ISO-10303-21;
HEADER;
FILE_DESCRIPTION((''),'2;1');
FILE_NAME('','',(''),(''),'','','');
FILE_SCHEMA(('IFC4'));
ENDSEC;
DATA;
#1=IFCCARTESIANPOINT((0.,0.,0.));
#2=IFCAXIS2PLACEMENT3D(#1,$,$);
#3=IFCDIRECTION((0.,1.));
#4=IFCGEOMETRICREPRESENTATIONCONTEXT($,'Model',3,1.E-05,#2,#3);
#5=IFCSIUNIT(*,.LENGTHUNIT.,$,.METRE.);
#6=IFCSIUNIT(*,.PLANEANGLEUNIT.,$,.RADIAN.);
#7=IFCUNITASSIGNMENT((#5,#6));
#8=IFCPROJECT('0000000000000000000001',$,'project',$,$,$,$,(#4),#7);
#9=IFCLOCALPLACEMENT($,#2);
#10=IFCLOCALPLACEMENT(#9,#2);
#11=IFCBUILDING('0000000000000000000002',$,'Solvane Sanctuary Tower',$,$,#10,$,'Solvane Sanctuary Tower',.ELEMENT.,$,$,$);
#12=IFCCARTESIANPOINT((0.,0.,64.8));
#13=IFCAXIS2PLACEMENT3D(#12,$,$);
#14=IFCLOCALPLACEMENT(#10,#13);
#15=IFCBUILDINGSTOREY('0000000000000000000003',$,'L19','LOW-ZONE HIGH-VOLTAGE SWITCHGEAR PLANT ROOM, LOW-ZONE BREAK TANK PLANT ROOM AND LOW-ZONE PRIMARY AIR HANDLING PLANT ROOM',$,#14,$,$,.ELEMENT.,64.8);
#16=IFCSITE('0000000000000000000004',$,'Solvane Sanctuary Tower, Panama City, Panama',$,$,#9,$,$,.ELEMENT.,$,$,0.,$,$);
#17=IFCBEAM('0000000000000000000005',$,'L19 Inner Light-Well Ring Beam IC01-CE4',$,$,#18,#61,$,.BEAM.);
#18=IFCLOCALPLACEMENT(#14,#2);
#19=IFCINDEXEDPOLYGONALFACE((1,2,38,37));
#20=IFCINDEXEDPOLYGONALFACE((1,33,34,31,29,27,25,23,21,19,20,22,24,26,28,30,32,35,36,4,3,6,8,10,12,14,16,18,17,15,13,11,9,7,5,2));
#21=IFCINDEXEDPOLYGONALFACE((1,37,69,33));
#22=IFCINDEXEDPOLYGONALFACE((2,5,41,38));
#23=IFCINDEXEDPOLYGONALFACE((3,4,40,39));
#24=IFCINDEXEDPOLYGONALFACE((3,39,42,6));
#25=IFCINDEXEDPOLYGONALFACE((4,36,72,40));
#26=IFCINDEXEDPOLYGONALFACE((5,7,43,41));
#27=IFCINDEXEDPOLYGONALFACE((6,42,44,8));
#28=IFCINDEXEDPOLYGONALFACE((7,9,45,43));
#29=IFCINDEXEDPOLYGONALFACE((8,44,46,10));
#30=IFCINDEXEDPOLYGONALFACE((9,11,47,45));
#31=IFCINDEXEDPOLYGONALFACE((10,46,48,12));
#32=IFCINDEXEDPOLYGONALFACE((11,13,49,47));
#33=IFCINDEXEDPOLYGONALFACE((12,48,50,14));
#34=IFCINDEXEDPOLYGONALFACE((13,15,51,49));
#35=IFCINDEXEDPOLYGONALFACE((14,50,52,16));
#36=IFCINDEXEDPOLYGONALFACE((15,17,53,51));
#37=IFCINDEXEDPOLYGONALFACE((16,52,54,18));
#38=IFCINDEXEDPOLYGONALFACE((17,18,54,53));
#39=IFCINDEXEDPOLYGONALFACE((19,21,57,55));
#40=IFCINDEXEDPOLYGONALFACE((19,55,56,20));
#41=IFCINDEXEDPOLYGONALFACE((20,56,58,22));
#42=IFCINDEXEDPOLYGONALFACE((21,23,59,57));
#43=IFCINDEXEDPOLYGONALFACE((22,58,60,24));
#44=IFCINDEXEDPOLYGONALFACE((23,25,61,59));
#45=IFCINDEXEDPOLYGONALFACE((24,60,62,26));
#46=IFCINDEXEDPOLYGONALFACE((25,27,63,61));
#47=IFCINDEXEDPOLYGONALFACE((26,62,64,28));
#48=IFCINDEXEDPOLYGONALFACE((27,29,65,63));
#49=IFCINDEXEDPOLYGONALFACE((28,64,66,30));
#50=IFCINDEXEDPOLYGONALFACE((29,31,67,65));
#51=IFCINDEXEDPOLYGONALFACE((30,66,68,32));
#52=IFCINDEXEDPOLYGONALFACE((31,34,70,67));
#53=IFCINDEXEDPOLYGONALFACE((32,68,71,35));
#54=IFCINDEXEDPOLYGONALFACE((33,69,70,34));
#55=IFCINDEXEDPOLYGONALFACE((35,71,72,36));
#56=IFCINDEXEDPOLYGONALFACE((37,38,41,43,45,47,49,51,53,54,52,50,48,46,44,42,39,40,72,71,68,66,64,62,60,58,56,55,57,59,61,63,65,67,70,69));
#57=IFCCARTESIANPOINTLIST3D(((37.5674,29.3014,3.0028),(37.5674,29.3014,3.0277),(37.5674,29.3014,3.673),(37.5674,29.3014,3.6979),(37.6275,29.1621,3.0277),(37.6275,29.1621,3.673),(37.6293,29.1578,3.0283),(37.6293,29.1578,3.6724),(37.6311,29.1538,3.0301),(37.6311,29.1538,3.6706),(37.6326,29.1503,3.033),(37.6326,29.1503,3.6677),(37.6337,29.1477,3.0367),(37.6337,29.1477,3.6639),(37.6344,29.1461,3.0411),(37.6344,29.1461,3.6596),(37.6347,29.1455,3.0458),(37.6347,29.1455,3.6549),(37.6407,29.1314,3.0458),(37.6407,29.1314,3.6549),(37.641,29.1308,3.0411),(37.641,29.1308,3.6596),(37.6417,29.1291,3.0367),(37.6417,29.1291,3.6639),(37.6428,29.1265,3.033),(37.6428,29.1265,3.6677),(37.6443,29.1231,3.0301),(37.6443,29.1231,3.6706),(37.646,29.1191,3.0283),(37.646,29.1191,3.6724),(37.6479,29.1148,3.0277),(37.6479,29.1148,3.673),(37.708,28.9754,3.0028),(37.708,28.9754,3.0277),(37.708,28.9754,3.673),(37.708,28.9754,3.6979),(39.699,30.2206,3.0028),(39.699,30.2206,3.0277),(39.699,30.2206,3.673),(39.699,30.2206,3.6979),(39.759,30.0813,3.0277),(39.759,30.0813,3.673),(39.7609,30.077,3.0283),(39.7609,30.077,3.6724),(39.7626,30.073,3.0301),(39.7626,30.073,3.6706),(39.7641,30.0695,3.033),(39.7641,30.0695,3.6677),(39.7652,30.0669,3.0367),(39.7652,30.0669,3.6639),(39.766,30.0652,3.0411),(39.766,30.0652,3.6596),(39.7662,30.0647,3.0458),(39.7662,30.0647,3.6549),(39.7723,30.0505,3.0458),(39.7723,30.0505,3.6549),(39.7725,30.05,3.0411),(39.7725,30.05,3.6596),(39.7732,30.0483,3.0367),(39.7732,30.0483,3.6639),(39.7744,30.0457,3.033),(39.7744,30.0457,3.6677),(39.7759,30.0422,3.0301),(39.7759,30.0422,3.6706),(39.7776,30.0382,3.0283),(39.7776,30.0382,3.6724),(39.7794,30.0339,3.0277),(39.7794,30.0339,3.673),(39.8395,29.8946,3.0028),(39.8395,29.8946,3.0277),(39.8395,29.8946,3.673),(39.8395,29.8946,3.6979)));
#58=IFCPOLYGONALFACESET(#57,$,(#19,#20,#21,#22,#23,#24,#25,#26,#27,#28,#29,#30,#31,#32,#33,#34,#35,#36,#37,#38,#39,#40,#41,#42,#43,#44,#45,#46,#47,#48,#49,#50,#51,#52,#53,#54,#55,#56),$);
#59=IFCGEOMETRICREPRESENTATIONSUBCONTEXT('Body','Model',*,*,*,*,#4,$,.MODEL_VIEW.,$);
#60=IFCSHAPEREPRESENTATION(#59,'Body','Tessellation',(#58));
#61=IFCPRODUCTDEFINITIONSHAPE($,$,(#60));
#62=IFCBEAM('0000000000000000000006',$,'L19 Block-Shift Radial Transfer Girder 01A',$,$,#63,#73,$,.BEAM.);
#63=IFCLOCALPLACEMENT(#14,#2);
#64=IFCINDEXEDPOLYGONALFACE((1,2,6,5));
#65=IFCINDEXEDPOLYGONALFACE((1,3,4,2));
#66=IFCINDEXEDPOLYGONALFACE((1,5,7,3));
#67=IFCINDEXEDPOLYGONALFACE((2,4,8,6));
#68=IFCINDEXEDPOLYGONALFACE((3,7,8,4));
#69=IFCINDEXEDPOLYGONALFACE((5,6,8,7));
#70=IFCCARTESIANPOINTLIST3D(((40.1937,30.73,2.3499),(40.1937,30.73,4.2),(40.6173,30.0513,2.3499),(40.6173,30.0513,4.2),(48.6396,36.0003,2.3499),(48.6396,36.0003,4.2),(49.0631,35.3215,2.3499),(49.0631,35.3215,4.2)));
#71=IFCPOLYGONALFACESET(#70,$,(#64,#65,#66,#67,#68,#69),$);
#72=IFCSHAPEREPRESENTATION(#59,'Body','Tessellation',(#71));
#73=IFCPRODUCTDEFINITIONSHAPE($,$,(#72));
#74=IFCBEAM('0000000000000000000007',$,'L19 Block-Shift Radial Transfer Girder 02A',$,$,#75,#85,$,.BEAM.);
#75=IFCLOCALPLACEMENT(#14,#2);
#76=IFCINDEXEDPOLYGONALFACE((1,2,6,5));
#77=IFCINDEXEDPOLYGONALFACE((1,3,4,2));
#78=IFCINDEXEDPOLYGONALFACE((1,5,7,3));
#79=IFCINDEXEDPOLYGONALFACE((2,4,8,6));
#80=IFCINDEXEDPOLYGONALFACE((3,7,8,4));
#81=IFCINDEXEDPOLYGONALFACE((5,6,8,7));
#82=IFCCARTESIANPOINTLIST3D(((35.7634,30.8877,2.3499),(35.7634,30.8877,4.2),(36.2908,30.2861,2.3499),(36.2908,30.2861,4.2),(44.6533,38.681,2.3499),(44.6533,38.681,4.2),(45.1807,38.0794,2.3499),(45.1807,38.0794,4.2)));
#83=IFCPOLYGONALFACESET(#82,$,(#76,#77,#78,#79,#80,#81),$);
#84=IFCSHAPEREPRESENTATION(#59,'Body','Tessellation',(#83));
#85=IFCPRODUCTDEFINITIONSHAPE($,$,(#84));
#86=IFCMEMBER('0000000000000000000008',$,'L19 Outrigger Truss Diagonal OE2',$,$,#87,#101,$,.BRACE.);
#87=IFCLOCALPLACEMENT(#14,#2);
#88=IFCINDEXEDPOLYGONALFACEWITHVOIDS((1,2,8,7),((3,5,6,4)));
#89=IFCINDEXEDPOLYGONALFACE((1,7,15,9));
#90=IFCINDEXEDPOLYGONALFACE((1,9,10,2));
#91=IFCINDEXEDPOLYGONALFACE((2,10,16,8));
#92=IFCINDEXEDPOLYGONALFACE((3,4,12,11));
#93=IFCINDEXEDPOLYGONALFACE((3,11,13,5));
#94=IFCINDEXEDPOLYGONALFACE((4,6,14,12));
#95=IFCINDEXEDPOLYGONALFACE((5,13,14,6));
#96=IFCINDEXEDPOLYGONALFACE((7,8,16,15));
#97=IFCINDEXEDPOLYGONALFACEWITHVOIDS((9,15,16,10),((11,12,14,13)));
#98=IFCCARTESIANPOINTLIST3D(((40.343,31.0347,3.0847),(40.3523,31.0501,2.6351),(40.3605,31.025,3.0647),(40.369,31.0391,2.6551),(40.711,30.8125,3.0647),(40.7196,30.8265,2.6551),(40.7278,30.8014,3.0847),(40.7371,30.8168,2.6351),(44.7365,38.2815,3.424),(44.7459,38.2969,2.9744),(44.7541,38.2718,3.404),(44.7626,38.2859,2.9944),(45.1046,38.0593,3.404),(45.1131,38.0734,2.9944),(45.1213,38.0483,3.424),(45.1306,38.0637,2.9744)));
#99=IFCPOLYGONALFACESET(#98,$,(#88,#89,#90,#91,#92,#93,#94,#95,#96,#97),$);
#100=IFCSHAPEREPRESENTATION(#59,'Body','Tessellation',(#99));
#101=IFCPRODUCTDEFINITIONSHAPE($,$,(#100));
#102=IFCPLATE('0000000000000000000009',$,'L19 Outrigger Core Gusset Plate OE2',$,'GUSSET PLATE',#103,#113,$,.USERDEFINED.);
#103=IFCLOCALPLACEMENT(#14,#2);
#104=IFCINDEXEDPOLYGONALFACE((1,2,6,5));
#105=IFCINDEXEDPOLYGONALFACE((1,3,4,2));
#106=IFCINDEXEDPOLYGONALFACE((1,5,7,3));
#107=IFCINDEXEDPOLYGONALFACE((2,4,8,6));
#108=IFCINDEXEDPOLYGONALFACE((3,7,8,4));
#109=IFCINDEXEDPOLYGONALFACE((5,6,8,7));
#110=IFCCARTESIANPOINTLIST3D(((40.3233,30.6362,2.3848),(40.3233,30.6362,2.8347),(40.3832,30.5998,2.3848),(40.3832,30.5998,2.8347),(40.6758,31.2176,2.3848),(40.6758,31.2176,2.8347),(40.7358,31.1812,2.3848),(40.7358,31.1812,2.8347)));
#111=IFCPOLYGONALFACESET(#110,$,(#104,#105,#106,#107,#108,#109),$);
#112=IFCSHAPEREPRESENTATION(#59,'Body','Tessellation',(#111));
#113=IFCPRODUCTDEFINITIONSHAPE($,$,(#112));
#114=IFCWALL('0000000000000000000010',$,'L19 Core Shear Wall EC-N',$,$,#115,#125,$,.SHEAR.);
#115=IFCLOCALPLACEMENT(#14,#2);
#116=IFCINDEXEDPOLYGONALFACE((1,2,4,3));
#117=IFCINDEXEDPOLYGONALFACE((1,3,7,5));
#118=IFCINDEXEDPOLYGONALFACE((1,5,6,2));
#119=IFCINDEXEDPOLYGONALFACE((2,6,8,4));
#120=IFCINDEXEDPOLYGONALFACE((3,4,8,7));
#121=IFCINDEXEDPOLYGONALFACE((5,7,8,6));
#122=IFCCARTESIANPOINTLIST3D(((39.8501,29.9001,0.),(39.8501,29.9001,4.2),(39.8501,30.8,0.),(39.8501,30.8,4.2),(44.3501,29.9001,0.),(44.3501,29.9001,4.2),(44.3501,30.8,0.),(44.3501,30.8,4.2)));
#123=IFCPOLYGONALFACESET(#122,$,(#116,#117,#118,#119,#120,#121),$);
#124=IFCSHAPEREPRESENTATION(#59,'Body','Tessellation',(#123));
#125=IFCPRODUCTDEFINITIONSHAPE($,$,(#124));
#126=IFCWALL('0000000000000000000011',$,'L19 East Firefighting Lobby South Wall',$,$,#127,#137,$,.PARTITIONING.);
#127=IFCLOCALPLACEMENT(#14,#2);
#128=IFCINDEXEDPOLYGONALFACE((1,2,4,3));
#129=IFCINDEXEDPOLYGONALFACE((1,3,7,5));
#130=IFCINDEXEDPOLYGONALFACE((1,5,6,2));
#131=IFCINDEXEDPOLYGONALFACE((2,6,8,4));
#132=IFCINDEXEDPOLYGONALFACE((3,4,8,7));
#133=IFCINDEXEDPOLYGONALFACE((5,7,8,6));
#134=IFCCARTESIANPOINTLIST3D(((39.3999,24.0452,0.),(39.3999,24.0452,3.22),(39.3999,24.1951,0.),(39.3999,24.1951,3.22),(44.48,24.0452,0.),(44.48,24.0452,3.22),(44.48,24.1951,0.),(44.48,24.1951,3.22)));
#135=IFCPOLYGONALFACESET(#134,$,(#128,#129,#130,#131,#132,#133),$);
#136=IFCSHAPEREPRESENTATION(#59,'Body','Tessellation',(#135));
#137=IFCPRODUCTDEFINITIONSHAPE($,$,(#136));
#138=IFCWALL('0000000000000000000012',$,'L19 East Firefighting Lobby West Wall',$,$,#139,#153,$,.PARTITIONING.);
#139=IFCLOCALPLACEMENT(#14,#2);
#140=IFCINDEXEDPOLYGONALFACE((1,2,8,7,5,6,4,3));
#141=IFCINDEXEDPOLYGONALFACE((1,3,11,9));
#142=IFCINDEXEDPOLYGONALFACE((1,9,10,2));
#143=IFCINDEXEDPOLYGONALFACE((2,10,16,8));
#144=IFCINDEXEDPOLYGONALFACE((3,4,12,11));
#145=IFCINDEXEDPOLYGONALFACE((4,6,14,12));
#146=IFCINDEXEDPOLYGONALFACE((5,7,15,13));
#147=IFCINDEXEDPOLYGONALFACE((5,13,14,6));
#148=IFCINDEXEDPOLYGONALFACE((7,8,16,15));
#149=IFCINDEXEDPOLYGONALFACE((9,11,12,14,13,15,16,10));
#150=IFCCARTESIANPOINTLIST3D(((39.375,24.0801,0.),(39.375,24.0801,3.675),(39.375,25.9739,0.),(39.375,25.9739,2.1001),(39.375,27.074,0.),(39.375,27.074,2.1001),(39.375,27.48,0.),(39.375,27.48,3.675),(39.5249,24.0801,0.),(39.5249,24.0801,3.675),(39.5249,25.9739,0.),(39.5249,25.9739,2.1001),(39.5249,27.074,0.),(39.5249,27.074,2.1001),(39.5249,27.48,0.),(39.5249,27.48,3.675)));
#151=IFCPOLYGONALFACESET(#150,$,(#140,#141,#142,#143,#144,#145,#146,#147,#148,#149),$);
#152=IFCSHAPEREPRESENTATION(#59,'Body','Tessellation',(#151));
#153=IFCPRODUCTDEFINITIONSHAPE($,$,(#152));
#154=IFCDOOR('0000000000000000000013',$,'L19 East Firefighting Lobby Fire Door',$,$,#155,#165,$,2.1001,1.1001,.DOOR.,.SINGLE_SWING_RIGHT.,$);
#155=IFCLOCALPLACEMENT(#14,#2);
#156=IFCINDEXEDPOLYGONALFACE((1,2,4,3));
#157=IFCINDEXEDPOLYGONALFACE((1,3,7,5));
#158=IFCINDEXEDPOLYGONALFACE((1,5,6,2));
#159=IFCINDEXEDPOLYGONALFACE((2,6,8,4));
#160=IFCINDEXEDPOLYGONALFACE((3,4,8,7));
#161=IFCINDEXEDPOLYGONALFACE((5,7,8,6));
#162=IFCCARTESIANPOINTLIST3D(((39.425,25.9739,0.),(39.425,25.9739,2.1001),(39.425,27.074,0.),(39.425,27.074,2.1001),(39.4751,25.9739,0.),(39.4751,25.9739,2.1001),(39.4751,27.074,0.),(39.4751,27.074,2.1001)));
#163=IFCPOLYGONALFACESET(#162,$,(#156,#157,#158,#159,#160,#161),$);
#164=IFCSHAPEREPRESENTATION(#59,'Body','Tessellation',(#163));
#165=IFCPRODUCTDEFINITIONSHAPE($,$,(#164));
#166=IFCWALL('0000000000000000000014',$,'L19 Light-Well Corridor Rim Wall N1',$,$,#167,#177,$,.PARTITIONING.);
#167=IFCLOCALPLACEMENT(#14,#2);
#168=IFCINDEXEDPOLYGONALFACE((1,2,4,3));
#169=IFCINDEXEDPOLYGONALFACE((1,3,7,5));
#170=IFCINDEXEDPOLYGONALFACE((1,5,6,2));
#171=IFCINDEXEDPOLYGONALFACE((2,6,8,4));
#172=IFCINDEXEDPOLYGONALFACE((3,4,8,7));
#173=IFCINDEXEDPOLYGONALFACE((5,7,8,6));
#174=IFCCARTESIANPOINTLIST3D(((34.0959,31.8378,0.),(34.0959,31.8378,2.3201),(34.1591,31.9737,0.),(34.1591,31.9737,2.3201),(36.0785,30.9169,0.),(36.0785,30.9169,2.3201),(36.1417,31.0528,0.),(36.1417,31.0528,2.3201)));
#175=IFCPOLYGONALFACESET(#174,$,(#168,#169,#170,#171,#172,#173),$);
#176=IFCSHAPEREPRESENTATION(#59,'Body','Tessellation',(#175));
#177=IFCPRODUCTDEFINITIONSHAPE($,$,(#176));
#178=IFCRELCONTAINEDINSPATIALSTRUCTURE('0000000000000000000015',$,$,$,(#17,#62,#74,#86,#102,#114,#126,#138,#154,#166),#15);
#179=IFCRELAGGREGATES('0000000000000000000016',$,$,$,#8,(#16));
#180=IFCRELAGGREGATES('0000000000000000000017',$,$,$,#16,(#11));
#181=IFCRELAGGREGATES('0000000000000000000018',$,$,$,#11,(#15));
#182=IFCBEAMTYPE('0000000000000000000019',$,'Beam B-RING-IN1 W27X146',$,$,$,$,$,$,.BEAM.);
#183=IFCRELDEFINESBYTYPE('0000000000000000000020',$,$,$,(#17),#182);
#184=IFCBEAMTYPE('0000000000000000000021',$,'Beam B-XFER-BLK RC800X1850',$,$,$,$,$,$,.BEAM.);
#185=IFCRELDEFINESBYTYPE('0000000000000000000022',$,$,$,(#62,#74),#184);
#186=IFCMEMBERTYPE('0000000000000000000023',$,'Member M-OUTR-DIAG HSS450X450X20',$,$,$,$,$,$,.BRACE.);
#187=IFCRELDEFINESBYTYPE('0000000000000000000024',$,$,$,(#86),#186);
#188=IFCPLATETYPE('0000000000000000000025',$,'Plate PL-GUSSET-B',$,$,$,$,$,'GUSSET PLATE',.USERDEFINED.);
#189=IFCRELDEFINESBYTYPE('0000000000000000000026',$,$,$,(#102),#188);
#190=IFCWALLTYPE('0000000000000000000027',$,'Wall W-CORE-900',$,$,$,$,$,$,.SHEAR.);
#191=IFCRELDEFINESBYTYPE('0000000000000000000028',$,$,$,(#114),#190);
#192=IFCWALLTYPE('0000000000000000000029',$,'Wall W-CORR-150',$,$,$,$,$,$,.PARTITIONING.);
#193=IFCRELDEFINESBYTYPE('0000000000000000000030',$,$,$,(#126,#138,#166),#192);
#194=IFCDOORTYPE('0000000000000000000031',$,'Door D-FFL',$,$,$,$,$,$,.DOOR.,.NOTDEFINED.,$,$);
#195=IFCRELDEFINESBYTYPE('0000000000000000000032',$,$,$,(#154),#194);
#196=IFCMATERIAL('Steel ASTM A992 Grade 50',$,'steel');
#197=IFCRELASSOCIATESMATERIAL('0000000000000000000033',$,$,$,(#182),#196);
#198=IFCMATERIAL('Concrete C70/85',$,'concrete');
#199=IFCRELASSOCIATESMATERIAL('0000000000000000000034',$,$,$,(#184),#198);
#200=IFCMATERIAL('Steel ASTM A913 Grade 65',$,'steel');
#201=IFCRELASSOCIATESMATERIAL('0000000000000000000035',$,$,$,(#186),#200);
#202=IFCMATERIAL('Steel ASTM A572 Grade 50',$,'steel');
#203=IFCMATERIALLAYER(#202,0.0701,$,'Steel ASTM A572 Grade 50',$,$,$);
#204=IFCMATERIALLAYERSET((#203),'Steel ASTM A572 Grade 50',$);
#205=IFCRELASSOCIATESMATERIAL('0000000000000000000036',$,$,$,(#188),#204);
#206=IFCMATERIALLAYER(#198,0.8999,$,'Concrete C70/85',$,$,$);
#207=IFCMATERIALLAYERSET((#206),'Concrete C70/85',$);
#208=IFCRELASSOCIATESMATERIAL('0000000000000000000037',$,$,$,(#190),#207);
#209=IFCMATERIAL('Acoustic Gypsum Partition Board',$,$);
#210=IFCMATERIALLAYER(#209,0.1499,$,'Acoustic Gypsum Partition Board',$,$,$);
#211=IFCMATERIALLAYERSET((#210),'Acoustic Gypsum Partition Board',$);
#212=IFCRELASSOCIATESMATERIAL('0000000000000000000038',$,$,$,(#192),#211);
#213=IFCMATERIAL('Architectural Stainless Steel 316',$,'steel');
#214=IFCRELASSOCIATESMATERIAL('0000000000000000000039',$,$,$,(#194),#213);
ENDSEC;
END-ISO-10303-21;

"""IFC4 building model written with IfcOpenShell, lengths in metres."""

from ifc_helpers import new_model, si_unit, direction, frame, frame_2d, origin, origin_2d, place, context, subcontext, project, spatial, rectangle, hollow_rectangle, i_section, extrude, material, layer, layer_set, material_profile, profile_set, type_object, element, fill, save


model = new_model("IFC4")

# Units and contexts
model_context = context("Model", 3, precision=1e-05, world=origin(), true_north=direction((0.0, 1.0)))
body_context = subcontext(model_context, "Body", "Model", "MODEL_VIEW")
ifc_project = project(units=[si_unit("LENGTHUNIT", "METRE"), si_unit("PLANEANGLEUNIT", "RADIAN")], contexts=[model_context])

# Site, building, storey
site_placement = place(None, origin())
site = spatial("IfcSite", under=ifc_project, at=site_placement, Name="Solvane Sanctuary Tower, Panama City, Panama", CompositionType="ELEMENT", RefElevation=0.0)
building_placement = place(site_placement, origin())
building = spatial("IfcBuilding", under=site, at=building_placement, Name="Solvane Sanctuary Tower", LongName="Solvane Sanctuary Tower", CompositionType="ELEMENT")
storey_placement = place(building_placement, frame((0.0, 0.0, 64.8)))
storey = spatial("IfcBuildingStorey", under=building, at=storey_placement, Name="L19", Description="LOW-ZONE HIGH-VOLTAGE SWITCHGEAR PLANT ROOM, LOW-ZONE BREAK TANK PLANT ROOM AND LOW-ZONE PRIMARY AIR HANDLING PLANT ROOM", CompositionType="ELEMENT", Elevation=64.8)

# Shared definitions
ifc_material_1 = material(Name="Concrete C70/85", Category="concrete")

# Beams
ifc_material_2 = material(Name="Steel ASTM A913 Grade 65", Category="steel")
ifc_material_3 = material(Name="Steel ASTM A992 Grade 50", Category="steel")
ifc_material_profile_1 = material_profile(ifc_material_3, i_section(OverallWidth=0.355, OverallDepth=0.6951, WebThickness=0.0154, FlangeThickness=0.0249, FilletRadius=0.0181, at=origin_2d()), Name="W27X146")
ifc_profile_set_1 = profile_set([ifc_material_profile_1], Name="Steel ASTM A992 Grade 50")
beam_type_1 = type_object("IfcBeamType", Name="Beam B-RING-IN1 W27X146", PredefinedType="BEAM", material=ifc_profile_set_1)
beam_1_placement = place(storey_placement, frame((37.6377, 29.1384, 3.3503), z_axis=(0.918261, 0.395975, 0.0), x_axis=(-0.395975, 0.918261, 0.0)))
element("IfcBeam", 1, at=beam_1_placement, inside=storey, type_object=beam_type_1, Name="L19 Inner Light-Well Ring Beam IC01-CE4", PredefinedType="BEAM", context=body_context, shape_type="SweptSolid", body=[
    extrude(i_section(OverallWidth=0.355, OverallDepth=0.6951, WebThickness=0.0154, FlangeThickness=0.0249, FilletRadius=0.0181, at=origin_2d()), origin(), (0.0, 0.0, 1.0), 2.3213),
])
ifc_material_profile_2 = material_profile(ifc_material_1, rectangle(XDim=0.8, YDim=1.8501, at=origin_2d()), Name="RC800X1850")
ifc_profile_set_2 = profile_set([ifc_material_profile_2], Name="Concrete C70/85")
beam_type_2 = type_object("IfcBeamType", Name="Beam B-XFER-BLK RC800X1850", PredefinedType="BEAM", material=ifc_profile_set_2)
beam_2_placement = place(storey_placement, frame((40.4055, 30.3906, 3.2749), z_axis=(0.848376, 0.529395, 0.0), x_axis=(-0.529395, 0.848376, 0.0)))
element("IfcBeam", 2, at=beam_2_placement, inside=storey, type_object=beam_type_2, Name="L19 Block-Shift Radial Transfer Girder 01A", PredefinedType="BEAM", context=body_context, shape_type="SweptSolid", body=[
    extrude(rectangle(XDim=0.8, YDim=1.8501, at=origin_2d()), origin(), (0.0, 0.0, 1.0), 9.9553),
])
beam_3_placement = place(storey_placement, frame((36.0271, 30.5869, 3.2749), z_axis=(0.751966, 0.659202, 0.0), x_axis=(-0.659202, 0.751966, 0.0)))
element("IfcBeam", 3, at=beam_3_placement, inside=storey, type_object=beam_type_2, Name="L19 Block-Shift Radial Transfer Girder 02A", PredefinedType="BEAM", context=body_context, shape_type="SweptSolid", body=[
    extrude(rectangle(XDim=0.8, YDim=1.8501, at=origin_2d()), origin(), (0.0, 0.0, 1.0), 11.8223),
])

# Member
ifc_material_profile_3 = material_profile(ifc_material_2, hollow_rectangle(XDim=0.45, YDim=0.45, WallThickness=0.02, at=origin_2d()), Name="HSS450X450X20")
ifc_profile_set_3 = profile_set([ifc_material_profile_3], Name="Steel ASTM A913 Grade 65")
member_type = type_object("IfcMemberType", Name="Member M-OUTR-DIAG HSS450X450X20", PredefinedType="BRACE", material=ifc_profile_set_3)
member_placement = place(storey_placement, frame((40.54, 30.9258, 2.8599), z_axis=(0.518019, 0.854433, 0.040011), x_axis=(-0.855117, 0.518435, 0.0)))
element("IfcMember", 4, at=member_placement, inside=storey, type_object=member_type, Name="L19 Outrigger Truss Diagonal OE2", PredefinedType="BRACE", context=body_context, shape_type="SweptSolid", body=[
    extrude(hollow_rectangle(XDim=0.45, YDim=0.45, WallThickness=0.02, at=origin_2d()), origin(), (0.0, 0.0, 1.0), 8.4814),
])

# Plate
ifc_material_4 = material(Name="Steel ASTM A572 Grade 50", Category="steel")
ifc_layer_1 = layer(ifc_material_4, 0.0701, Name="Steel ASTM A572 Grade 50")
ifc_layer_set_1 = layer_set([ifc_layer_1], Name="Steel ASTM A572 Grade 50")
plate_type = type_object("IfcPlateType", Name="Plate PL-GUSSET-B", ElementType="GUSSET PLATE", PredefinedType="USERDEFINED", material=ifc_layer_set_1)
plate_placement = place(storey_placement, frame((40.5295, 30.9087, 2.3848), z_axis=(0.0, 0.0, 1.0), x_axis=(0.518475, 0.855093, 0.0)))
element("IfcPlate", 5, at=plate_placement, inside=storey, type_object=plate_type, Name="L19 Outrigger Core Gusset Plate OE2", ObjectType="GUSSET PLATE", PredefinedType="USERDEFINED", context=body_context, shape_type="SweptSolid", body=[
    extrude(rectangle(XDim=0.6799, YDim=0.0701, at=origin_2d()), origin(), (0.0, 0.0, 1.0), 0.45),
])

# Walls
ifc_layer_2 = layer(ifc_material_1, 0.8999, Name="Concrete C70/85")
ifc_layer_set_2 = layer_set([ifc_layer_2], Name="Concrete C70/85")
wall_type_1 = type_object("IfcWallType", Name="Wall W-CORE-900", PredefinedType="SHEAR", material=ifc_layer_set_2)
wall_1_placement = place(storey_placement, frame((39.8501, 30.3501, 0.0), z_axis=(0.0, 0.0, 1.0), x_axis=(1.0, 0.0, 0.0)))
element("IfcWall", 6, at=wall_1_placement, inside=storey, type_object=wall_type_1, Name="L19 Core Shear Wall EC-N", PredefinedType="SHEAR", context=body_context, shape_type="SweptSolid", body=[
    extrude(rectangle(XDim=4.5, YDim=0.8999, at=frame_2d((2.25, 0.0))), origin(), (0.0, 0.0, 1.0), 4.2),
])
ifc_material_5 = material(Name="Acoustic Gypsum Partition Board")
ifc_layer_3 = layer(ifc_material_5, 0.1499, Name="Acoustic Gypsum Partition Board")
ifc_layer_set_3 = layer_set([ifc_layer_3], Name="Acoustic Gypsum Partition Board")
wall_type_2 = type_object("IfcWallType", Name="Wall W-CORR-150", PredefinedType="PARTITIONING", material=ifc_layer_set_3)
wall_2_placement = place(storey_placement, frame((39.3999, 24.1201, 0.0), z_axis=(0.0, 0.0, 1.0), x_axis=(1.0, 0.0, 0.0)))
element("IfcWall", 7, at=wall_2_placement, inside=storey, type_object=wall_type_2, Name="L19 East Firefighting Lobby South Wall", PredefinedType="PARTITIONING", context=body_context, shape_type="SweptSolid", body=[
    extrude(rectangle(XDim=5.0801, YDim=0.1499, at=frame_2d((2.54, 0.0))), origin(), (0.0, 0.0, 1.0), 3.22),
])

# Wall, opening, door
wall_3_placement = place(storey_placement, frame((39.45, 24.0801, 0.0), z_axis=(0.0, 0.0, 1.0), x_axis=(0.0, 1.0, 0.0)))
wall_3 = element("IfcWall", 8, at=wall_3_placement, inside=storey, type_object=wall_type_2, Name="L19 East Firefighting Lobby West Wall", PredefinedType="PARTITIONING", context=body_context, shape_type="SweptSolid", body=[
    extrude(rectangle(XDim=3.3999, YDim=0.1499, at=frame_2d((1.7, 0.0))), origin(), (0.0, 0.0, 1.0), 3.675),
])
opening_1_placement = place(wall_3_placement, frame((1.8938, 0.0, 0.0)))
opening_1 = element("IfcOpeningElement", 9, at=opening_1_placement, cuts=wall_3, PredefinedType="OPENING", context=body_context, shape_type="SweptSolid", body=[
    extrude(rectangle(XDim=1.1001, YDim=2.1001, at=frame_2d((0.55, 1.05))), frame((0.0, 0.085, 0.0), z_axis=(0.0, -1.0, 0.0), x_axis=(1.0, 0.0, 0.0)), (0.0, 0.0, 1.0), 0.1699),
])
ifc_material_6 = material(Name="Architectural Stainless Steel 316", Category="steel")
door_type = type_object("IfcDoorType", Name="Door D-FFL", OperationType="NOTDEFINED", PredefinedType="DOOR", material=ifc_material_6)
door_placement = place(opening_1_placement, origin())
door = element("IfcDoor", 10, at=door_placement, inside=storey, type_object=door_type, Name="L19 East Firefighting Lobby Fire Door", OperationType="SINGLE_SWING_RIGHT", OverallHeight=2.1001, OverallWidth=1.1001, PredefinedType="DOOR", context=body_context, shape_type="SweptSolid", body=[
    extrude(rectangle(XDim=1.1001, YDim=2.1001, at=frame_2d((0.55, 1.05))), frame((0.0, 0.0249, 0.0), z_axis=(0.0, -1.0, 0.0), x_axis=(1.0, 0.0, 0.0)), (0.0, 0.0, 1.0), 0.05),
])
fill(opening_1, door)

# Wall
wall_4_placement = place(storey_placement, frame((36.1101, 30.9849, 0.0), z_axis=(0.0, 0.0, 1.0), x_axis=(-0.906943, 0.421252, 0.0)))
element("IfcWall", 11, at=wall_4_placement, inside=storey, type_object=wall_type_2, Name="L19 Light-Well Corridor Rim Wall N1", PredefinedType="PARTITIONING", context=body_context, shape_type="SweptSolid", body=[
    extrude(rectangle(XDim=2.186, YDim=0.1499, at=frame_2d((1.093, 0.0))), origin(), (0.0, 0.0, 1.0), 2.3201),
])

save(model, "model.ifc")
